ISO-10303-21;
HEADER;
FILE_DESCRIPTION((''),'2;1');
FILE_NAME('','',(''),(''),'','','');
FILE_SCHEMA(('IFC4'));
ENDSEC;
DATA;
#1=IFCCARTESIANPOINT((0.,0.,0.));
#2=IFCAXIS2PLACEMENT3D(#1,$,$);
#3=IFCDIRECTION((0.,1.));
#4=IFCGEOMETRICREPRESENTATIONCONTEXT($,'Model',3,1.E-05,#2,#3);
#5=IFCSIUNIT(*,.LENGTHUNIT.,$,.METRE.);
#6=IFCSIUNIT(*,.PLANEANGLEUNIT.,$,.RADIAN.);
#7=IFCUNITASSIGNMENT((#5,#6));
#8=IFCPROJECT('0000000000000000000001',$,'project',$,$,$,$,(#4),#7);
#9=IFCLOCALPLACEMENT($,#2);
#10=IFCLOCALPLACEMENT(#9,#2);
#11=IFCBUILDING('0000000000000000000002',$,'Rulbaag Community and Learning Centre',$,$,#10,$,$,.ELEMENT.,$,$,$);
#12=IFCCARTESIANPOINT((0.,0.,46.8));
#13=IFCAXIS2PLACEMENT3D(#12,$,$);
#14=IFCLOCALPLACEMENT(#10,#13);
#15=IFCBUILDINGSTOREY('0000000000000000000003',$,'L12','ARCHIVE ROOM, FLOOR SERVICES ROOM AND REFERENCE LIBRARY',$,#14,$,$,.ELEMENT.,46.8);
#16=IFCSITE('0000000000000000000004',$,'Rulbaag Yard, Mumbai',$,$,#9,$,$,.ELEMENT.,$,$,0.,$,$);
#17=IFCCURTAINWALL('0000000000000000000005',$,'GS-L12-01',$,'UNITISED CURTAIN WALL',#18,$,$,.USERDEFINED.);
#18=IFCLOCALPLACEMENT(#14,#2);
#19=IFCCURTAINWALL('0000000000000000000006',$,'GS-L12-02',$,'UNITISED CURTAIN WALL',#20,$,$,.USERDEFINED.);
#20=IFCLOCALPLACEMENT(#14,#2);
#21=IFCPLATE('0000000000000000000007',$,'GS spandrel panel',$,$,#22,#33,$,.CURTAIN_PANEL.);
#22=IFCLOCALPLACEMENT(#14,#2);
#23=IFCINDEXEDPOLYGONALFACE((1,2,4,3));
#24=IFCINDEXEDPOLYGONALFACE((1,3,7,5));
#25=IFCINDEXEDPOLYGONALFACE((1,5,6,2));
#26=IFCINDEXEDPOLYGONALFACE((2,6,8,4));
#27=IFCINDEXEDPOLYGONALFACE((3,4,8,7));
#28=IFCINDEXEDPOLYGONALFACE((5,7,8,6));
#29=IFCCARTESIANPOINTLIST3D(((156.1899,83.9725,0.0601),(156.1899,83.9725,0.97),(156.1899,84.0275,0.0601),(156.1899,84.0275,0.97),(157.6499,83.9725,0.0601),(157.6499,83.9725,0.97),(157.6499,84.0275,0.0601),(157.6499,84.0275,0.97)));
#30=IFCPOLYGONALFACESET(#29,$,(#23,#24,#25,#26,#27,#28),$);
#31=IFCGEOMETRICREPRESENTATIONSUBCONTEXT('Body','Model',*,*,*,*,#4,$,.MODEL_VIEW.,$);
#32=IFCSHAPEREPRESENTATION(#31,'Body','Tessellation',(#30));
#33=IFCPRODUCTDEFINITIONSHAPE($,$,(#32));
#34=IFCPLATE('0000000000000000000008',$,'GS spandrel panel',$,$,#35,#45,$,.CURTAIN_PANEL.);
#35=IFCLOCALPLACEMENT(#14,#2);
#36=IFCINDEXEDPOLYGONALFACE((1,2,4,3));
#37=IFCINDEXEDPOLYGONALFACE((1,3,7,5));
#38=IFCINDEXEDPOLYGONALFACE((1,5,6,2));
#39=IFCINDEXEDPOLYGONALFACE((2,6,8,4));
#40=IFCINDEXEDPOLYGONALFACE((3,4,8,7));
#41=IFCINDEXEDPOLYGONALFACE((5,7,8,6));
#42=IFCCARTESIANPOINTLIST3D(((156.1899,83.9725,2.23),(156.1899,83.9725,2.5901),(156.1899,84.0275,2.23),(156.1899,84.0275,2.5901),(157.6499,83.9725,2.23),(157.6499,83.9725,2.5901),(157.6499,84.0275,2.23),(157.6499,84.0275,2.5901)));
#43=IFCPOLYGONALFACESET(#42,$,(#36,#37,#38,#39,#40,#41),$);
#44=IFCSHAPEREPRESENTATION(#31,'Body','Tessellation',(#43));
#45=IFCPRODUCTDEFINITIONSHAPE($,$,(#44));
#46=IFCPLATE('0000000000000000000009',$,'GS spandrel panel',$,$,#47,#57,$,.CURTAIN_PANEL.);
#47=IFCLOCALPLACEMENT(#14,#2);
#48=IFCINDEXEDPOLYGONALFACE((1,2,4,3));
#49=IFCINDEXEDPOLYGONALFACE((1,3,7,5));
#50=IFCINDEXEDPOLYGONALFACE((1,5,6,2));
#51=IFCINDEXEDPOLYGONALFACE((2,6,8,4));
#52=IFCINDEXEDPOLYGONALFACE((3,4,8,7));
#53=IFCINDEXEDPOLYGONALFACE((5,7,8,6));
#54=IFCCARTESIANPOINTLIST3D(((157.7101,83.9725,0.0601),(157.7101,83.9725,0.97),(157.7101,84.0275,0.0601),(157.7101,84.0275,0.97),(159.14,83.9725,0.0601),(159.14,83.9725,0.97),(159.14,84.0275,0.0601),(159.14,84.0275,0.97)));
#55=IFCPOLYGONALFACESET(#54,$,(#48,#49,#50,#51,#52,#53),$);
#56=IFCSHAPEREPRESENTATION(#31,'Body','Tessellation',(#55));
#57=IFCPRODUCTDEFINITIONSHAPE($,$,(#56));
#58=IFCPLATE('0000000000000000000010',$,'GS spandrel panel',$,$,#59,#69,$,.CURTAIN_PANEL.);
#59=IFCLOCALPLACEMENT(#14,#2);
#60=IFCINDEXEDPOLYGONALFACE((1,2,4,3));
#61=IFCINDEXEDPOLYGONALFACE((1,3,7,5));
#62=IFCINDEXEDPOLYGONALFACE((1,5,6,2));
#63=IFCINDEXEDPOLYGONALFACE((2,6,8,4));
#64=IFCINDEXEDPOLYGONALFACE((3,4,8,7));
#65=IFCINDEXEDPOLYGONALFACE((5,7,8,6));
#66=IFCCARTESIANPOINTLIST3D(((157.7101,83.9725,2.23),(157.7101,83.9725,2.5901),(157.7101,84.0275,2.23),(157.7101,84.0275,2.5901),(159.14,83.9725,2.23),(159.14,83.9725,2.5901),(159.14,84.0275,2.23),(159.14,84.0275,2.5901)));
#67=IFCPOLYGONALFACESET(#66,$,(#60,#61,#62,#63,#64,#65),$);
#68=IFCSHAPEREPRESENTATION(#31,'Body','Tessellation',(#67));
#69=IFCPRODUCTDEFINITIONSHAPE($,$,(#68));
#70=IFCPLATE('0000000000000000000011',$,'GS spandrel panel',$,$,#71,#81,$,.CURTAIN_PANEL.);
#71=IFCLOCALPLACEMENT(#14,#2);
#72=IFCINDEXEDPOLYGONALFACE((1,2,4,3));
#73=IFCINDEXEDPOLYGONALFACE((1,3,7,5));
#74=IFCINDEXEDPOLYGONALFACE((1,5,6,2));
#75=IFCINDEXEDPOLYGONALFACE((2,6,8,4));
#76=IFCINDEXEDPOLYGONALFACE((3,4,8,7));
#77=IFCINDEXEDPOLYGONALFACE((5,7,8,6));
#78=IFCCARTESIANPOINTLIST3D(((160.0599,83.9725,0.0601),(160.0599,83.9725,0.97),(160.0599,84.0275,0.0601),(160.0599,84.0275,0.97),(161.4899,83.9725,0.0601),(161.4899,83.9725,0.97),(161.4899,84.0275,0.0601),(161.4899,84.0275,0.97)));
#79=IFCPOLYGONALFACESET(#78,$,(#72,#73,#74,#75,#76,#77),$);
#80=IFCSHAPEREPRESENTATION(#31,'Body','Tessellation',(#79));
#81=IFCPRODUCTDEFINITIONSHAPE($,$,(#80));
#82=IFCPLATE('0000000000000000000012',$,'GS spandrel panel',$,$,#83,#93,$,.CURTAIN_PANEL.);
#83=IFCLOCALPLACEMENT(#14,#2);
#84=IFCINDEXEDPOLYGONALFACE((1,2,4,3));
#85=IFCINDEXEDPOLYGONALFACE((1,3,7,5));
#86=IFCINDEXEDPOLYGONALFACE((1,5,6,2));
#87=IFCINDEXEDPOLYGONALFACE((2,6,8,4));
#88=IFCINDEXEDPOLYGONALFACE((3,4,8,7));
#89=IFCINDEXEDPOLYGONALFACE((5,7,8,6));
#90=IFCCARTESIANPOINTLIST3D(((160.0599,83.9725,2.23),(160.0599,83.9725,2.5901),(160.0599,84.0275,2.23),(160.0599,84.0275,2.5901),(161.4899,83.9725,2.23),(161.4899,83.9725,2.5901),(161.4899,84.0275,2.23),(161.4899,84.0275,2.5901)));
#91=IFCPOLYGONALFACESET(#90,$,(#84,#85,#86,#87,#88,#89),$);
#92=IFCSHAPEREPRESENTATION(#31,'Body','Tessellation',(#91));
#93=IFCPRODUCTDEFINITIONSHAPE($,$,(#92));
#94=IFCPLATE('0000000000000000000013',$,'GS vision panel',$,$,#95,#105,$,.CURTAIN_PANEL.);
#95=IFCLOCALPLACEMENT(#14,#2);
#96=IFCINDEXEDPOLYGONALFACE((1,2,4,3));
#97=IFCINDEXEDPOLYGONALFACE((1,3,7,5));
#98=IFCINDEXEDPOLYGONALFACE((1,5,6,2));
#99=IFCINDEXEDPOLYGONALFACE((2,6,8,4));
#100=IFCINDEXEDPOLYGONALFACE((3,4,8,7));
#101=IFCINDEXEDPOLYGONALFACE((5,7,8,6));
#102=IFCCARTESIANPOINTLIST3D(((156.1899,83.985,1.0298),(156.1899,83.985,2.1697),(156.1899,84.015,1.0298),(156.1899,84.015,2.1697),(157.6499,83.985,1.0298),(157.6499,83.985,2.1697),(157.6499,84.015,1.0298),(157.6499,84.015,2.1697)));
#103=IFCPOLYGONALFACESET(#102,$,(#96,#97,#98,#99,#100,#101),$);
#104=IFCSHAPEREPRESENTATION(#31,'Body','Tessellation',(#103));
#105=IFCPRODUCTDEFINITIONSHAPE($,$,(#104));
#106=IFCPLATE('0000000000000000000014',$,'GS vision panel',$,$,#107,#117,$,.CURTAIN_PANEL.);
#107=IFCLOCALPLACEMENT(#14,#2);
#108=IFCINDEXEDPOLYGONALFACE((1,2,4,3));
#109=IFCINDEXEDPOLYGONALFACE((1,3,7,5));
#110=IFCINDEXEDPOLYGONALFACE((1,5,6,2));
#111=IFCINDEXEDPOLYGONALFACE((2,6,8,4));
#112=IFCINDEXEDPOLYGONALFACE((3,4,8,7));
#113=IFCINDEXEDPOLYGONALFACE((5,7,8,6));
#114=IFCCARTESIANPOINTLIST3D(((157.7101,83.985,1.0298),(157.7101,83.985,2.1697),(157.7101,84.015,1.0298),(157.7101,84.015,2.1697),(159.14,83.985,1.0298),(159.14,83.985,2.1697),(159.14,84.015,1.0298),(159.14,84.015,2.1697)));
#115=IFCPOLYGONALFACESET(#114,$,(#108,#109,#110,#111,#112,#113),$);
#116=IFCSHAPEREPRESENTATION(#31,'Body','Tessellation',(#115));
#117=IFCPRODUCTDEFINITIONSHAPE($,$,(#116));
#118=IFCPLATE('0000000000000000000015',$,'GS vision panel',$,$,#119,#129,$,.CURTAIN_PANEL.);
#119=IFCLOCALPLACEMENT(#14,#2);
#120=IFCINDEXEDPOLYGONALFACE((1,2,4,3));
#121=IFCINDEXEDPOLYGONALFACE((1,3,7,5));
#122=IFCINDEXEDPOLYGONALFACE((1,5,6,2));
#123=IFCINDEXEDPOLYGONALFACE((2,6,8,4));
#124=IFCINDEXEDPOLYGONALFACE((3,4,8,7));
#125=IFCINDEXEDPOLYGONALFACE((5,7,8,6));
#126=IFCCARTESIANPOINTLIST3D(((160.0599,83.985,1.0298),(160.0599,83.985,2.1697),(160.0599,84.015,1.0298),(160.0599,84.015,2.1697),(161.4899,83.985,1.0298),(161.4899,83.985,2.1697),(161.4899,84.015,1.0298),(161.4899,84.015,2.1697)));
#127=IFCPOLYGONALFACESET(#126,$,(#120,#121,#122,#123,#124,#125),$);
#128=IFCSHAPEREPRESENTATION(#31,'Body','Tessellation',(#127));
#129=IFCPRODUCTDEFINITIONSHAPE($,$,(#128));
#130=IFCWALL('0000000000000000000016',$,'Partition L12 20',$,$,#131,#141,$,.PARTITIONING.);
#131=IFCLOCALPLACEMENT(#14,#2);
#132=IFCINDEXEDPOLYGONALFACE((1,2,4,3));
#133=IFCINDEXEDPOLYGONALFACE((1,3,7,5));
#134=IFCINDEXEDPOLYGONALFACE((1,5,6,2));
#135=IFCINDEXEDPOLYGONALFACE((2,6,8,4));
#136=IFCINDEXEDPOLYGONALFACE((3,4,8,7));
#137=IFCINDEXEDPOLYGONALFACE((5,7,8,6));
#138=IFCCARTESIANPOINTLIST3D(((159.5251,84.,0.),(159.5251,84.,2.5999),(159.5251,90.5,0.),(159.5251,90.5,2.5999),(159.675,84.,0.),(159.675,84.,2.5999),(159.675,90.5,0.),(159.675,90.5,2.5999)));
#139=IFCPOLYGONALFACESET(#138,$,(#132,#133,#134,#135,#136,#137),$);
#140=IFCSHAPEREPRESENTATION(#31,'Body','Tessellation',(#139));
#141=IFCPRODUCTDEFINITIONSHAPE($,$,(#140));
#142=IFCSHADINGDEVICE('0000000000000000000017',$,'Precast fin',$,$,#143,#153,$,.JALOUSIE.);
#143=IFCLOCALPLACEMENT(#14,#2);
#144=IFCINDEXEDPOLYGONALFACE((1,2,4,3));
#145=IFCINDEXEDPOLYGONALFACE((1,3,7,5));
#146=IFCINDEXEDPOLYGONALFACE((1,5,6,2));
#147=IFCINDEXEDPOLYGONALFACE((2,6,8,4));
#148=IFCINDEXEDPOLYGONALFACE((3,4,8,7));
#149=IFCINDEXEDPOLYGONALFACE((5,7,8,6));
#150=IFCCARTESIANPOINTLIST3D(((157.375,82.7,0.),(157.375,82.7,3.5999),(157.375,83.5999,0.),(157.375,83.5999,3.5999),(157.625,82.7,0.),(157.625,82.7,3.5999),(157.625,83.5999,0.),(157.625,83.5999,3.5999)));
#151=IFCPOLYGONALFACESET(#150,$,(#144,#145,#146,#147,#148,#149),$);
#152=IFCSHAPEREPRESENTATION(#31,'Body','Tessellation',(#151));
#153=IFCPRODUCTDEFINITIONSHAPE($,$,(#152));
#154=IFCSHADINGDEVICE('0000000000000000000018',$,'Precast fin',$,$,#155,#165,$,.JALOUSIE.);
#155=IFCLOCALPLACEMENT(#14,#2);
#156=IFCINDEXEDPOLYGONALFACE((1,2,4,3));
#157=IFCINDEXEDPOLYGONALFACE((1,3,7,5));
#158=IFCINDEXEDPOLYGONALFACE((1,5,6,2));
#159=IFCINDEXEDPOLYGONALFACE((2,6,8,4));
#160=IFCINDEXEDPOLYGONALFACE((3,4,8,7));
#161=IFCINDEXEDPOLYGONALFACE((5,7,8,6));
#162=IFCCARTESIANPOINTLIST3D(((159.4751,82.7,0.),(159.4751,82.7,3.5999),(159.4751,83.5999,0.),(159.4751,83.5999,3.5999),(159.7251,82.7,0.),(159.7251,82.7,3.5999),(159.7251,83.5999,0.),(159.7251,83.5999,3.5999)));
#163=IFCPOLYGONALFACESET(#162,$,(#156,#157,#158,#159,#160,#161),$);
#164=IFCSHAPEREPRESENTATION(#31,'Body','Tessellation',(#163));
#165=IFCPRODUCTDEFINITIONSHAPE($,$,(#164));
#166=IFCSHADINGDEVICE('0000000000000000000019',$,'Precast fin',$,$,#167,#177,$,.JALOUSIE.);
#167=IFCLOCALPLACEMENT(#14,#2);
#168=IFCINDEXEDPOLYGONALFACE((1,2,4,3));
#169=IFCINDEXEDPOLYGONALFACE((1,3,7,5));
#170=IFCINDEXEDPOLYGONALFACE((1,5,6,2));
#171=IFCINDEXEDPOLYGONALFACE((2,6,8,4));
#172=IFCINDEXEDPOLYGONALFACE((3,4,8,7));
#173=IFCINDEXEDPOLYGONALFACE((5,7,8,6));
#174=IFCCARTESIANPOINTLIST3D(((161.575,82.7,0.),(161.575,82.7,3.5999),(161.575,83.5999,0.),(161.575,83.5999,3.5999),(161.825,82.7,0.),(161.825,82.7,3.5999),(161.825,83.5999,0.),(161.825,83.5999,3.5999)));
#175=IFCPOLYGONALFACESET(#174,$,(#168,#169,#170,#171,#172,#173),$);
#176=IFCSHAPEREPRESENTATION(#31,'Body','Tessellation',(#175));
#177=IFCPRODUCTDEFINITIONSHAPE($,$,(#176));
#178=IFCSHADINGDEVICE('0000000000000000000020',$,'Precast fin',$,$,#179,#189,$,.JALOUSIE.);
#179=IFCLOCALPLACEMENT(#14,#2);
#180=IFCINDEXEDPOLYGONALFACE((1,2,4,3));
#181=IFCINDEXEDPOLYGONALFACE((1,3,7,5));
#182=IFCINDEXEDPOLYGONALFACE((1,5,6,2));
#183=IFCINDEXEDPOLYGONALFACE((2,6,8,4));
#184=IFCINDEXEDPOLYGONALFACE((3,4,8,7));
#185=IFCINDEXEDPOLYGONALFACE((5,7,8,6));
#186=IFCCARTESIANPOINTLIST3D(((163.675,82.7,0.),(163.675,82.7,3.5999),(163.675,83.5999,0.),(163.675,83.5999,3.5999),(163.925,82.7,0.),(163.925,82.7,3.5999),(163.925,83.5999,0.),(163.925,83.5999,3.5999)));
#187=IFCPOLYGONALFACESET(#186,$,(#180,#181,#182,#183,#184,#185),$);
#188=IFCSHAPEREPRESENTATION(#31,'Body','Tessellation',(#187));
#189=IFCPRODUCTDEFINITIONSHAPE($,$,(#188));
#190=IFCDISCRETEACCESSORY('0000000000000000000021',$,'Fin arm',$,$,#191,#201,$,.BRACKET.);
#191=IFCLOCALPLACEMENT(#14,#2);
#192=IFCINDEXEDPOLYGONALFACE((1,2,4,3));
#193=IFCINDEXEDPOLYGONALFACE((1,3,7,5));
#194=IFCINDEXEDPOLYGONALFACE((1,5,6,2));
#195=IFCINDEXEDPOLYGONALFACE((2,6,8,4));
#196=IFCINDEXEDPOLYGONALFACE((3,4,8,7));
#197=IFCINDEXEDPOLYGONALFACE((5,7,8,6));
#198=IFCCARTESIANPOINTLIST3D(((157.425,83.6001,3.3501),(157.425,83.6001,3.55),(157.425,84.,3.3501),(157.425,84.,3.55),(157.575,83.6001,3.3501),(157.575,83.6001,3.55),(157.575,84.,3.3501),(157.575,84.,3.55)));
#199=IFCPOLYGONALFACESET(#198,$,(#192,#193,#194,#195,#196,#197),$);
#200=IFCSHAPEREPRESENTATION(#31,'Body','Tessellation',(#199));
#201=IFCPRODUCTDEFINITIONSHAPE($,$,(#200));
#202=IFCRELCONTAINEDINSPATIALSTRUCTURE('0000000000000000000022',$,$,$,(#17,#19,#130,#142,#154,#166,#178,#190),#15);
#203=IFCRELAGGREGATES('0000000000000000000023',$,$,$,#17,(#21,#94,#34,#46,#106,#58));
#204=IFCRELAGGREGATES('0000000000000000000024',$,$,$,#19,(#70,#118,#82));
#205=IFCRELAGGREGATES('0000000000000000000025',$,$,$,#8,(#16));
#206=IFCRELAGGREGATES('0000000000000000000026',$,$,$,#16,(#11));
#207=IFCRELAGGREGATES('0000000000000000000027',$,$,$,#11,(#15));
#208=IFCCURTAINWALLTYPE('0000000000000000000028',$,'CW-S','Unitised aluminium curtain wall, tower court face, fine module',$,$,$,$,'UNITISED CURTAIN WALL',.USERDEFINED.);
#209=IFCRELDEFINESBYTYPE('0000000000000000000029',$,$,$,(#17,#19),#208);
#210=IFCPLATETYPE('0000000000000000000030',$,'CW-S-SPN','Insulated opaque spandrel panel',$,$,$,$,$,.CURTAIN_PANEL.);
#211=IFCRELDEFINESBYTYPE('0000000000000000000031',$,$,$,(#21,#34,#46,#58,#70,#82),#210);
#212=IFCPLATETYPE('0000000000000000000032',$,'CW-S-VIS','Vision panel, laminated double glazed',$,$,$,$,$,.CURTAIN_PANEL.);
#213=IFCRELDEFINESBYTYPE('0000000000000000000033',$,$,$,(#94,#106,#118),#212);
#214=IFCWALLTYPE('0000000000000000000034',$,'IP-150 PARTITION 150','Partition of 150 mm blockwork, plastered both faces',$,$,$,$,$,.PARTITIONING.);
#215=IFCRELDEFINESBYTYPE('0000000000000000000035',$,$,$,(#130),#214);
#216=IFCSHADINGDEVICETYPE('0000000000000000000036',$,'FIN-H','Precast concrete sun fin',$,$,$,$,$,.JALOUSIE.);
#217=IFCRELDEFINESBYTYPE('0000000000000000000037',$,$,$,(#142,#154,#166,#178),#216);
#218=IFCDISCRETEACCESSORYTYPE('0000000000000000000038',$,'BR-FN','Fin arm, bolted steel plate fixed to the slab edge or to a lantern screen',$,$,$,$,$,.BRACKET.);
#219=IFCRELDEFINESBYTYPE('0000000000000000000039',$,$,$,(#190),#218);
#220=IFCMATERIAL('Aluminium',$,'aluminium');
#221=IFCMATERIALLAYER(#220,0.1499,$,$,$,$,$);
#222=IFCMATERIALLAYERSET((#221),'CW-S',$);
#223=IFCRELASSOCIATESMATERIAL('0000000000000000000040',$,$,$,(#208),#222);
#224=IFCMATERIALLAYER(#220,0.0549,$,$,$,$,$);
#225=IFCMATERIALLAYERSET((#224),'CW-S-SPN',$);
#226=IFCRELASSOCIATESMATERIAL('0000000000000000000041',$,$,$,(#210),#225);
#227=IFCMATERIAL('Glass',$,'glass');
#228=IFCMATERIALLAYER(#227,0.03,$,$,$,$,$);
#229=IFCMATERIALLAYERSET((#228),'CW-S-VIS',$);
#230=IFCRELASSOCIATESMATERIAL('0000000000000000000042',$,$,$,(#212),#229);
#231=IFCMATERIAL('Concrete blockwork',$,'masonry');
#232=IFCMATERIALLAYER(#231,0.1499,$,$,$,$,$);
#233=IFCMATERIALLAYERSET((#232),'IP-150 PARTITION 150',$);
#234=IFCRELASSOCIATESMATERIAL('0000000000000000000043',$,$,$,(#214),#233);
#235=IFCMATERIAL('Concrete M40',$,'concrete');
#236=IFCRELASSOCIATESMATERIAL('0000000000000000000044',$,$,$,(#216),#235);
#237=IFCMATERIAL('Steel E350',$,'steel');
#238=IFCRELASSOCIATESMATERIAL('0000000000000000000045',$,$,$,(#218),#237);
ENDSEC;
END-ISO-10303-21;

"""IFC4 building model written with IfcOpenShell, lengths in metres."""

from ifc_helpers import new_model, si_unit, direction, frame, frame_2d, origin, origin_2d, place, context, subcontext, project, spatial, rectangle, extrude, material, layer, layer_set, material_profile, profile_set, type_object, element, aggregate, save


model = new_model("IFC4")

# Units and contexts
model_context = context("Model", 3, precision=1e-05, world=origin(), true_north=direction((0.0, 1.0)))
body_context = subcontext(model_context, "Body", "Model", "MODEL_VIEW")
ifc_project = project(units=[si_unit("LENGTHUNIT", "METRE"), si_unit("PLANEANGLEUNIT", "RADIAN")], contexts=[model_context])

# Site, building, storey
site_placement = place(None, origin())
site = spatial("IfcSite", under=ifc_project, at=site_placement, Name="Rulbaag Yard, Mumbai", CompositionType="ELEMENT", RefElevation=0.0)
building_placement = place(site_placement, origin())
building = spatial("IfcBuilding", under=site, at=building_placement, Name="Rulbaag Community and Learning Centre", CompositionType="ELEMENT")
storey_placement = place(building_placement, frame((0.0, 0.0, 46.8)))
storey = spatial("IfcBuildingStorey", under=building, at=storey_placement, Name="L12", Description="ARCHIVE ROOM, FLOOR SERVICES ROOM AND REFERENCE LIBRARY", CompositionType="ELEMENT", Elevation=46.8)

# Shared definitions
ifc_material_1 = material(Name="Concrete M40", Category="concrete")

# Curtain walls
ifc_material_2 = material(Name="Aluminium", Category="aluminium")
ifc_layer_1 = layer(ifc_material_2, 0.1499)
ifc_layer_set_1 = layer_set([ifc_layer_1], Name="CW-S")
curtain_wall_type = type_object("IfcCurtainWallType", Name="CW-S", Description="Unitised aluminium curtain wall, tower court face, fine module", ElementType="UNITISED CURTAIN WALL", PredefinedType="USERDEFINED", material=ifc_layer_set_1)
curtain_wall_1_placement = place(storey_placement, origin())
curtain_wall_1 = element("IfcCurtainWall", 1, at=curtain_wall_1_placement, inside=storey, type_object=curtain_wall_type, Name="GS-L12-01", ObjectType="UNITISED CURTAIN WALL", PredefinedType="USERDEFINED")
curtain_wall_2_placement = place(storey_placement, origin())
curtain_wall_2 = element("IfcCurtainWall", 2, at=curtain_wall_2_placement, inside=storey, type_object=curtain_wall_type, Name="GS-L12-02", ObjectType="UNITISED CURTAIN WALL", PredefinedType="USERDEFINED")

# Plates
ifc_layer_2 = layer(ifc_material_2, 0.0549)
ifc_layer_set_2 = layer_set([ifc_layer_2], Name="CW-S-SPN")
plate_type_1 = type_object("IfcPlateType", Name="CW-S-SPN", Description="Insulated opaque spandrel panel", PredefinedType="CURTAIN_PANEL", material=ifc_layer_set_2)
plate_1_placement = place(storey_placement, frame((156.9199, 84.0, 0.0601), z_axis=(0.0, 0.0, 1.0), x_axis=(1.0, 0.0, 0.0)))
plate_1 = element("IfcPlate", 3, at=plate_1_placement, type_object=plate_type_1, Name="GS spandrel panel", PredefinedType="CURTAIN_PANEL", context=body_context, shape_type="SweptSolid", body=[
    extrude(rectangle(XDim=1.46, YDim=0.0549, at=origin_2d()), origin(), (0.0, 0.0, 1.0), 0.9099),
])
plate_2_placement = place(storey_placement, frame((156.9199, 84.0, 2.23), z_axis=(0.0, 0.0, 1.0), x_axis=(1.0, 0.0, 0.0)))
plate_2 = element("IfcPlate", 4, at=plate_2_placement, type_object=plate_type_1, Name="GS spandrel panel", PredefinedType="CURTAIN_PANEL", context=body_context, shape_type="SweptSolid", body=[
    extrude(rectangle(XDim=1.46, YDim=0.0549, at=origin_2d()), origin(), (0.0, 0.0, 1.0), 0.3601),
])
plate_3_placement = place(storey_placement, frame((158.425, 84.0, 0.0601), z_axis=(0.0, 0.0, 1.0), x_axis=(1.0, 0.0, 0.0)))
plate_3 = element("IfcPlate", 5, at=plate_3_placement, type_object=plate_type_1, Name="GS spandrel panel", PredefinedType="CURTAIN_PANEL", context=body_context, shape_type="SweptSolid", body=[
    extrude(rectangle(XDim=1.4299, YDim=0.0549, at=origin_2d()), origin(), (0.0, 0.0, 1.0), 0.9099),
])
plate_4_placement = place(storey_placement, frame((158.425, 84.0, 2.23), z_axis=(0.0, 0.0, 1.0), x_axis=(1.0, 0.0, 0.0)))
plate_4 = element("IfcPlate", 6, at=plate_4_placement, type_object=plate_type_1, Name="GS spandrel panel", PredefinedType="CURTAIN_PANEL", context=body_context, shape_type="SweptSolid", body=[
    extrude(rectangle(XDim=1.4299, YDim=0.0549, at=origin_2d()), origin(), (0.0, 0.0, 1.0), 0.3601),
])
plate_5_placement = place(storey_placement, frame((160.7749, 84.0, 0.0601), z_axis=(0.0, 0.0, 1.0), x_axis=(1.0, 0.0, 0.0)))
plate_5 = element("IfcPlate", 7, at=plate_5_placement, type_object=plate_type_1, Name="GS spandrel panel", PredefinedType="CURTAIN_PANEL", context=body_context, shape_type="SweptSolid", body=[
    extrude(rectangle(XDim=1.4299, YDim=0.0549, at=origin_2d()), origin(), (0.0, 0.0, 1.0), 0.9099),
])
plate_6_placement = place(storey_placement, frame((160.7749, 84.0, 2.23), z_axis=(0.0, 0.0, 1.0), x_axis=(1.0, 0.0, 0.0)))
plate_6 = element("IfcPlate", 8, at=plate_6_placement, type_object=plate_type_1, Name="GS spandrel panel", PredefinedType="CURTAIN_PANEL", context=body_context, shape_type="SweptSolid", body=[
    extrude(rectangle(XDim=1.4299, YDim=0.0549, at=origin_2d()), origin(), (0.0, 0.0, 1.0), 0.3601),
])
ifc_material_3 = material(Name="Glass", Category="glass")
ifc_layer_3 = layer(ifc_material_3, 0.03)
ifc_layer_set_3 = layer_set([ifc_layer_3], Name="CW-S-VIS")
plate_type_2 = type_object("IfcPlateType", Name="CW-S-VIS", Description="Vision panel, laminated double glazed", PredefinedType="CURTAIN_PANEL", material=ifc_layer_set_3)
plate_7_placement = place(storey_placement, frame((156.9199, 84.0, 1.0298), z_axis=(0.0, 0.0, 1.0), x_axis=(1.0, 0.0, 0.0)))
plate_7 = element("IfcPlate", 9, at=plate_7_placement, type_object=plate_type_2, Name="GS vision panel", PredefinedType="CURTAIN_PANEL", context=body_context, shape_type="SweptSolid", body=[
    extrude(rectangle(XDim=1.46, YDim=0.03, at=origin_2d()), origin(), (0.0, 0.0, 1.0), 1.1399),
])
plate_8_placement = place(storey_placement, frame((158.425, 84.0, 1.0298), z_axis=(0.0, 0.0, 1.0), x_axis=(1.0, 0.0, 0.0)))
plate_8 = element("IfcPlate", 10, at=plate_8_placement, type_object=plate_type_2, Name="GS vision panel", PredefinedType="CURTAIN_PANEL", context=body_context, shape_type="SweptSolid", body=[
    extrude(rectangle(XDim=1.4299, YDim=0.03, at=origin_2d()), origin(), (0.0, 0.0, 1.0), 1.1399),
])
aggregate(curtain_wall_1, [plate_1, plate_7, plate_2, plate_3, plate_8, plate_4])
plate_9_placement = place(storey_placement, frame((160.7749, 84.0, 1.0298), z_axis=(0.0, 0.0, 1.0), x_axis=(1.0, 0.0, 0.0)))
plate_9 = element("IfcPlate", 11, at=plate_9_placement, type_object=plate_type_2, Name="GS vision panel", PredefinedType="CURTAIN_PANEL", context=body_context, shape_type="SweptSolid", body=[
    extrude(rectangle(XDim=1.4299, YDim=0.03, at=origin_2d()), origin(), (0.0, 0.0, 1.0), 1.1399),
])
aggregate(curtain_wall_2, [plate_5, plate_9, plate_6])

# Wall
ifc_material_4 = material(Name="Concrete blockwork", Category="masonry")
ifc_layer_4 = layer(ifc_material_4, 0.1499)
ifc_layer_set_4 = layer_set([ifc_layer_4], Name="IP-150 PARTITION 150")
wall_type = type_object("IfcWallType", Name="IP-150 PARTITION 150", Description="Partition of 150 mm blockwork, plastered both faces", PredefinedType="PARTITIONING", material=ifc_layer_set_4)
wall_placement = place(storey_placement, frame((159.6001, 84.0, 0.0), z_axis=(0.0, 0.0, 1.0), x_axis=(0.0, 1.0, 0.0)))
element("IfcWall", 12, at=wall_placement, inside=storey, type_object=wall_type, Name="Partition L12 20", PredefinedType="PARTITIONING", context=body_context, shape_type="SweptSolid", body=[
    extrude(rectangle(XDim=6.5, YDim=0.1499, at=frame_2d((3.25, 0.0))), origin(), (0.0, 0.0, 1.0), 2.5999),
])

# Shading devices
ifc_material_profile_1 = material_profile(ifc_material_1, rectangle(XDim=0.25, YDim=0.8999, at=origin_2d()), Name="PC 250x900")
ifc_profile_set_1 = profile_set([ifc_material_profile_1], Name="Concrete M40")
shading_device_type = type_object("IfcShadingDeviceType", Name="FIN-H", Description="Precast concrete sun fin", PredefinedType="JALOUSIE", material=ifc_profile_set_1)
for number, where, z_axis, x_axis, name in (
    (13, (157.5, 83.1499, 0.0), (0.0, 0.0, 1.0), (1.0, 0.0, 0.0), "Precast fin"),
    (14, (159.6001, 83.1499, 0.0), (0.0, 0.0, 1.0), (1.0, 0.0, 0.0), "Precast fin"),
    (15, (161.7, 83.1499, 0.0), (0.0, 0.0, 1.0), (1.0, 0.0, 0.0), "Precast fin"),
    (16, (163.8, 83.1499, 0.0), (0.0, 0.0, 1.0), (1.0, 0.0, 0.0), "Precast fin"),
):
    element("IfcShadingDevice", number, at=place(storey_placement, frame(where, z_axis=z_axis, x_axis=x_axis)), inside=storey, type_object=shading_device_type, Name=name, PredefinedType="JALOUSIE", context=body_context, shape_type="SweptSolid", body=[
        extrude(rectangle(XDim=0.25, YDim=0.8999, at=origin_2d()), origin(), (0.0, 0.0, 1.0), 3.5999),
    ])

# Discrete accessory
ifc_material_5 = material(Name="Steel E350", Category="steel")
discrete_accessory_type = type_object("IfcDiscreteAccessoryType", Name="BR-FN", Description="Fin arm, bolted steel plate fixed to the slab edge or to a lantern screen", PredefinedType="BRACKET", material=ifc_material_5)
for number, where, z_axis, x_axis, name in (
    (17, (157.5, 83.8, 3.3501), (0.0, 0.0, 1.0), (1.0, 0.0, 0.0), "Fin arm"),
):
    element("IfcDiscreteAccessory", number, at=place(storey_placement, frame(where, z_axis=z_axis, x_axis=x_axis)), inside=storey, type_object=discrete_accessory_type, Name=name, PredefinedType="BRACKET", context=body_context, shape_type="SweptSolid", body=[
        extrude(rectangle(XDim=0.1499, YDim=0.3999, at=origin_2d()), origin(), (0.0, 0.0, 1.0), 0.2),
    ])

save(model, "model.ifc")
